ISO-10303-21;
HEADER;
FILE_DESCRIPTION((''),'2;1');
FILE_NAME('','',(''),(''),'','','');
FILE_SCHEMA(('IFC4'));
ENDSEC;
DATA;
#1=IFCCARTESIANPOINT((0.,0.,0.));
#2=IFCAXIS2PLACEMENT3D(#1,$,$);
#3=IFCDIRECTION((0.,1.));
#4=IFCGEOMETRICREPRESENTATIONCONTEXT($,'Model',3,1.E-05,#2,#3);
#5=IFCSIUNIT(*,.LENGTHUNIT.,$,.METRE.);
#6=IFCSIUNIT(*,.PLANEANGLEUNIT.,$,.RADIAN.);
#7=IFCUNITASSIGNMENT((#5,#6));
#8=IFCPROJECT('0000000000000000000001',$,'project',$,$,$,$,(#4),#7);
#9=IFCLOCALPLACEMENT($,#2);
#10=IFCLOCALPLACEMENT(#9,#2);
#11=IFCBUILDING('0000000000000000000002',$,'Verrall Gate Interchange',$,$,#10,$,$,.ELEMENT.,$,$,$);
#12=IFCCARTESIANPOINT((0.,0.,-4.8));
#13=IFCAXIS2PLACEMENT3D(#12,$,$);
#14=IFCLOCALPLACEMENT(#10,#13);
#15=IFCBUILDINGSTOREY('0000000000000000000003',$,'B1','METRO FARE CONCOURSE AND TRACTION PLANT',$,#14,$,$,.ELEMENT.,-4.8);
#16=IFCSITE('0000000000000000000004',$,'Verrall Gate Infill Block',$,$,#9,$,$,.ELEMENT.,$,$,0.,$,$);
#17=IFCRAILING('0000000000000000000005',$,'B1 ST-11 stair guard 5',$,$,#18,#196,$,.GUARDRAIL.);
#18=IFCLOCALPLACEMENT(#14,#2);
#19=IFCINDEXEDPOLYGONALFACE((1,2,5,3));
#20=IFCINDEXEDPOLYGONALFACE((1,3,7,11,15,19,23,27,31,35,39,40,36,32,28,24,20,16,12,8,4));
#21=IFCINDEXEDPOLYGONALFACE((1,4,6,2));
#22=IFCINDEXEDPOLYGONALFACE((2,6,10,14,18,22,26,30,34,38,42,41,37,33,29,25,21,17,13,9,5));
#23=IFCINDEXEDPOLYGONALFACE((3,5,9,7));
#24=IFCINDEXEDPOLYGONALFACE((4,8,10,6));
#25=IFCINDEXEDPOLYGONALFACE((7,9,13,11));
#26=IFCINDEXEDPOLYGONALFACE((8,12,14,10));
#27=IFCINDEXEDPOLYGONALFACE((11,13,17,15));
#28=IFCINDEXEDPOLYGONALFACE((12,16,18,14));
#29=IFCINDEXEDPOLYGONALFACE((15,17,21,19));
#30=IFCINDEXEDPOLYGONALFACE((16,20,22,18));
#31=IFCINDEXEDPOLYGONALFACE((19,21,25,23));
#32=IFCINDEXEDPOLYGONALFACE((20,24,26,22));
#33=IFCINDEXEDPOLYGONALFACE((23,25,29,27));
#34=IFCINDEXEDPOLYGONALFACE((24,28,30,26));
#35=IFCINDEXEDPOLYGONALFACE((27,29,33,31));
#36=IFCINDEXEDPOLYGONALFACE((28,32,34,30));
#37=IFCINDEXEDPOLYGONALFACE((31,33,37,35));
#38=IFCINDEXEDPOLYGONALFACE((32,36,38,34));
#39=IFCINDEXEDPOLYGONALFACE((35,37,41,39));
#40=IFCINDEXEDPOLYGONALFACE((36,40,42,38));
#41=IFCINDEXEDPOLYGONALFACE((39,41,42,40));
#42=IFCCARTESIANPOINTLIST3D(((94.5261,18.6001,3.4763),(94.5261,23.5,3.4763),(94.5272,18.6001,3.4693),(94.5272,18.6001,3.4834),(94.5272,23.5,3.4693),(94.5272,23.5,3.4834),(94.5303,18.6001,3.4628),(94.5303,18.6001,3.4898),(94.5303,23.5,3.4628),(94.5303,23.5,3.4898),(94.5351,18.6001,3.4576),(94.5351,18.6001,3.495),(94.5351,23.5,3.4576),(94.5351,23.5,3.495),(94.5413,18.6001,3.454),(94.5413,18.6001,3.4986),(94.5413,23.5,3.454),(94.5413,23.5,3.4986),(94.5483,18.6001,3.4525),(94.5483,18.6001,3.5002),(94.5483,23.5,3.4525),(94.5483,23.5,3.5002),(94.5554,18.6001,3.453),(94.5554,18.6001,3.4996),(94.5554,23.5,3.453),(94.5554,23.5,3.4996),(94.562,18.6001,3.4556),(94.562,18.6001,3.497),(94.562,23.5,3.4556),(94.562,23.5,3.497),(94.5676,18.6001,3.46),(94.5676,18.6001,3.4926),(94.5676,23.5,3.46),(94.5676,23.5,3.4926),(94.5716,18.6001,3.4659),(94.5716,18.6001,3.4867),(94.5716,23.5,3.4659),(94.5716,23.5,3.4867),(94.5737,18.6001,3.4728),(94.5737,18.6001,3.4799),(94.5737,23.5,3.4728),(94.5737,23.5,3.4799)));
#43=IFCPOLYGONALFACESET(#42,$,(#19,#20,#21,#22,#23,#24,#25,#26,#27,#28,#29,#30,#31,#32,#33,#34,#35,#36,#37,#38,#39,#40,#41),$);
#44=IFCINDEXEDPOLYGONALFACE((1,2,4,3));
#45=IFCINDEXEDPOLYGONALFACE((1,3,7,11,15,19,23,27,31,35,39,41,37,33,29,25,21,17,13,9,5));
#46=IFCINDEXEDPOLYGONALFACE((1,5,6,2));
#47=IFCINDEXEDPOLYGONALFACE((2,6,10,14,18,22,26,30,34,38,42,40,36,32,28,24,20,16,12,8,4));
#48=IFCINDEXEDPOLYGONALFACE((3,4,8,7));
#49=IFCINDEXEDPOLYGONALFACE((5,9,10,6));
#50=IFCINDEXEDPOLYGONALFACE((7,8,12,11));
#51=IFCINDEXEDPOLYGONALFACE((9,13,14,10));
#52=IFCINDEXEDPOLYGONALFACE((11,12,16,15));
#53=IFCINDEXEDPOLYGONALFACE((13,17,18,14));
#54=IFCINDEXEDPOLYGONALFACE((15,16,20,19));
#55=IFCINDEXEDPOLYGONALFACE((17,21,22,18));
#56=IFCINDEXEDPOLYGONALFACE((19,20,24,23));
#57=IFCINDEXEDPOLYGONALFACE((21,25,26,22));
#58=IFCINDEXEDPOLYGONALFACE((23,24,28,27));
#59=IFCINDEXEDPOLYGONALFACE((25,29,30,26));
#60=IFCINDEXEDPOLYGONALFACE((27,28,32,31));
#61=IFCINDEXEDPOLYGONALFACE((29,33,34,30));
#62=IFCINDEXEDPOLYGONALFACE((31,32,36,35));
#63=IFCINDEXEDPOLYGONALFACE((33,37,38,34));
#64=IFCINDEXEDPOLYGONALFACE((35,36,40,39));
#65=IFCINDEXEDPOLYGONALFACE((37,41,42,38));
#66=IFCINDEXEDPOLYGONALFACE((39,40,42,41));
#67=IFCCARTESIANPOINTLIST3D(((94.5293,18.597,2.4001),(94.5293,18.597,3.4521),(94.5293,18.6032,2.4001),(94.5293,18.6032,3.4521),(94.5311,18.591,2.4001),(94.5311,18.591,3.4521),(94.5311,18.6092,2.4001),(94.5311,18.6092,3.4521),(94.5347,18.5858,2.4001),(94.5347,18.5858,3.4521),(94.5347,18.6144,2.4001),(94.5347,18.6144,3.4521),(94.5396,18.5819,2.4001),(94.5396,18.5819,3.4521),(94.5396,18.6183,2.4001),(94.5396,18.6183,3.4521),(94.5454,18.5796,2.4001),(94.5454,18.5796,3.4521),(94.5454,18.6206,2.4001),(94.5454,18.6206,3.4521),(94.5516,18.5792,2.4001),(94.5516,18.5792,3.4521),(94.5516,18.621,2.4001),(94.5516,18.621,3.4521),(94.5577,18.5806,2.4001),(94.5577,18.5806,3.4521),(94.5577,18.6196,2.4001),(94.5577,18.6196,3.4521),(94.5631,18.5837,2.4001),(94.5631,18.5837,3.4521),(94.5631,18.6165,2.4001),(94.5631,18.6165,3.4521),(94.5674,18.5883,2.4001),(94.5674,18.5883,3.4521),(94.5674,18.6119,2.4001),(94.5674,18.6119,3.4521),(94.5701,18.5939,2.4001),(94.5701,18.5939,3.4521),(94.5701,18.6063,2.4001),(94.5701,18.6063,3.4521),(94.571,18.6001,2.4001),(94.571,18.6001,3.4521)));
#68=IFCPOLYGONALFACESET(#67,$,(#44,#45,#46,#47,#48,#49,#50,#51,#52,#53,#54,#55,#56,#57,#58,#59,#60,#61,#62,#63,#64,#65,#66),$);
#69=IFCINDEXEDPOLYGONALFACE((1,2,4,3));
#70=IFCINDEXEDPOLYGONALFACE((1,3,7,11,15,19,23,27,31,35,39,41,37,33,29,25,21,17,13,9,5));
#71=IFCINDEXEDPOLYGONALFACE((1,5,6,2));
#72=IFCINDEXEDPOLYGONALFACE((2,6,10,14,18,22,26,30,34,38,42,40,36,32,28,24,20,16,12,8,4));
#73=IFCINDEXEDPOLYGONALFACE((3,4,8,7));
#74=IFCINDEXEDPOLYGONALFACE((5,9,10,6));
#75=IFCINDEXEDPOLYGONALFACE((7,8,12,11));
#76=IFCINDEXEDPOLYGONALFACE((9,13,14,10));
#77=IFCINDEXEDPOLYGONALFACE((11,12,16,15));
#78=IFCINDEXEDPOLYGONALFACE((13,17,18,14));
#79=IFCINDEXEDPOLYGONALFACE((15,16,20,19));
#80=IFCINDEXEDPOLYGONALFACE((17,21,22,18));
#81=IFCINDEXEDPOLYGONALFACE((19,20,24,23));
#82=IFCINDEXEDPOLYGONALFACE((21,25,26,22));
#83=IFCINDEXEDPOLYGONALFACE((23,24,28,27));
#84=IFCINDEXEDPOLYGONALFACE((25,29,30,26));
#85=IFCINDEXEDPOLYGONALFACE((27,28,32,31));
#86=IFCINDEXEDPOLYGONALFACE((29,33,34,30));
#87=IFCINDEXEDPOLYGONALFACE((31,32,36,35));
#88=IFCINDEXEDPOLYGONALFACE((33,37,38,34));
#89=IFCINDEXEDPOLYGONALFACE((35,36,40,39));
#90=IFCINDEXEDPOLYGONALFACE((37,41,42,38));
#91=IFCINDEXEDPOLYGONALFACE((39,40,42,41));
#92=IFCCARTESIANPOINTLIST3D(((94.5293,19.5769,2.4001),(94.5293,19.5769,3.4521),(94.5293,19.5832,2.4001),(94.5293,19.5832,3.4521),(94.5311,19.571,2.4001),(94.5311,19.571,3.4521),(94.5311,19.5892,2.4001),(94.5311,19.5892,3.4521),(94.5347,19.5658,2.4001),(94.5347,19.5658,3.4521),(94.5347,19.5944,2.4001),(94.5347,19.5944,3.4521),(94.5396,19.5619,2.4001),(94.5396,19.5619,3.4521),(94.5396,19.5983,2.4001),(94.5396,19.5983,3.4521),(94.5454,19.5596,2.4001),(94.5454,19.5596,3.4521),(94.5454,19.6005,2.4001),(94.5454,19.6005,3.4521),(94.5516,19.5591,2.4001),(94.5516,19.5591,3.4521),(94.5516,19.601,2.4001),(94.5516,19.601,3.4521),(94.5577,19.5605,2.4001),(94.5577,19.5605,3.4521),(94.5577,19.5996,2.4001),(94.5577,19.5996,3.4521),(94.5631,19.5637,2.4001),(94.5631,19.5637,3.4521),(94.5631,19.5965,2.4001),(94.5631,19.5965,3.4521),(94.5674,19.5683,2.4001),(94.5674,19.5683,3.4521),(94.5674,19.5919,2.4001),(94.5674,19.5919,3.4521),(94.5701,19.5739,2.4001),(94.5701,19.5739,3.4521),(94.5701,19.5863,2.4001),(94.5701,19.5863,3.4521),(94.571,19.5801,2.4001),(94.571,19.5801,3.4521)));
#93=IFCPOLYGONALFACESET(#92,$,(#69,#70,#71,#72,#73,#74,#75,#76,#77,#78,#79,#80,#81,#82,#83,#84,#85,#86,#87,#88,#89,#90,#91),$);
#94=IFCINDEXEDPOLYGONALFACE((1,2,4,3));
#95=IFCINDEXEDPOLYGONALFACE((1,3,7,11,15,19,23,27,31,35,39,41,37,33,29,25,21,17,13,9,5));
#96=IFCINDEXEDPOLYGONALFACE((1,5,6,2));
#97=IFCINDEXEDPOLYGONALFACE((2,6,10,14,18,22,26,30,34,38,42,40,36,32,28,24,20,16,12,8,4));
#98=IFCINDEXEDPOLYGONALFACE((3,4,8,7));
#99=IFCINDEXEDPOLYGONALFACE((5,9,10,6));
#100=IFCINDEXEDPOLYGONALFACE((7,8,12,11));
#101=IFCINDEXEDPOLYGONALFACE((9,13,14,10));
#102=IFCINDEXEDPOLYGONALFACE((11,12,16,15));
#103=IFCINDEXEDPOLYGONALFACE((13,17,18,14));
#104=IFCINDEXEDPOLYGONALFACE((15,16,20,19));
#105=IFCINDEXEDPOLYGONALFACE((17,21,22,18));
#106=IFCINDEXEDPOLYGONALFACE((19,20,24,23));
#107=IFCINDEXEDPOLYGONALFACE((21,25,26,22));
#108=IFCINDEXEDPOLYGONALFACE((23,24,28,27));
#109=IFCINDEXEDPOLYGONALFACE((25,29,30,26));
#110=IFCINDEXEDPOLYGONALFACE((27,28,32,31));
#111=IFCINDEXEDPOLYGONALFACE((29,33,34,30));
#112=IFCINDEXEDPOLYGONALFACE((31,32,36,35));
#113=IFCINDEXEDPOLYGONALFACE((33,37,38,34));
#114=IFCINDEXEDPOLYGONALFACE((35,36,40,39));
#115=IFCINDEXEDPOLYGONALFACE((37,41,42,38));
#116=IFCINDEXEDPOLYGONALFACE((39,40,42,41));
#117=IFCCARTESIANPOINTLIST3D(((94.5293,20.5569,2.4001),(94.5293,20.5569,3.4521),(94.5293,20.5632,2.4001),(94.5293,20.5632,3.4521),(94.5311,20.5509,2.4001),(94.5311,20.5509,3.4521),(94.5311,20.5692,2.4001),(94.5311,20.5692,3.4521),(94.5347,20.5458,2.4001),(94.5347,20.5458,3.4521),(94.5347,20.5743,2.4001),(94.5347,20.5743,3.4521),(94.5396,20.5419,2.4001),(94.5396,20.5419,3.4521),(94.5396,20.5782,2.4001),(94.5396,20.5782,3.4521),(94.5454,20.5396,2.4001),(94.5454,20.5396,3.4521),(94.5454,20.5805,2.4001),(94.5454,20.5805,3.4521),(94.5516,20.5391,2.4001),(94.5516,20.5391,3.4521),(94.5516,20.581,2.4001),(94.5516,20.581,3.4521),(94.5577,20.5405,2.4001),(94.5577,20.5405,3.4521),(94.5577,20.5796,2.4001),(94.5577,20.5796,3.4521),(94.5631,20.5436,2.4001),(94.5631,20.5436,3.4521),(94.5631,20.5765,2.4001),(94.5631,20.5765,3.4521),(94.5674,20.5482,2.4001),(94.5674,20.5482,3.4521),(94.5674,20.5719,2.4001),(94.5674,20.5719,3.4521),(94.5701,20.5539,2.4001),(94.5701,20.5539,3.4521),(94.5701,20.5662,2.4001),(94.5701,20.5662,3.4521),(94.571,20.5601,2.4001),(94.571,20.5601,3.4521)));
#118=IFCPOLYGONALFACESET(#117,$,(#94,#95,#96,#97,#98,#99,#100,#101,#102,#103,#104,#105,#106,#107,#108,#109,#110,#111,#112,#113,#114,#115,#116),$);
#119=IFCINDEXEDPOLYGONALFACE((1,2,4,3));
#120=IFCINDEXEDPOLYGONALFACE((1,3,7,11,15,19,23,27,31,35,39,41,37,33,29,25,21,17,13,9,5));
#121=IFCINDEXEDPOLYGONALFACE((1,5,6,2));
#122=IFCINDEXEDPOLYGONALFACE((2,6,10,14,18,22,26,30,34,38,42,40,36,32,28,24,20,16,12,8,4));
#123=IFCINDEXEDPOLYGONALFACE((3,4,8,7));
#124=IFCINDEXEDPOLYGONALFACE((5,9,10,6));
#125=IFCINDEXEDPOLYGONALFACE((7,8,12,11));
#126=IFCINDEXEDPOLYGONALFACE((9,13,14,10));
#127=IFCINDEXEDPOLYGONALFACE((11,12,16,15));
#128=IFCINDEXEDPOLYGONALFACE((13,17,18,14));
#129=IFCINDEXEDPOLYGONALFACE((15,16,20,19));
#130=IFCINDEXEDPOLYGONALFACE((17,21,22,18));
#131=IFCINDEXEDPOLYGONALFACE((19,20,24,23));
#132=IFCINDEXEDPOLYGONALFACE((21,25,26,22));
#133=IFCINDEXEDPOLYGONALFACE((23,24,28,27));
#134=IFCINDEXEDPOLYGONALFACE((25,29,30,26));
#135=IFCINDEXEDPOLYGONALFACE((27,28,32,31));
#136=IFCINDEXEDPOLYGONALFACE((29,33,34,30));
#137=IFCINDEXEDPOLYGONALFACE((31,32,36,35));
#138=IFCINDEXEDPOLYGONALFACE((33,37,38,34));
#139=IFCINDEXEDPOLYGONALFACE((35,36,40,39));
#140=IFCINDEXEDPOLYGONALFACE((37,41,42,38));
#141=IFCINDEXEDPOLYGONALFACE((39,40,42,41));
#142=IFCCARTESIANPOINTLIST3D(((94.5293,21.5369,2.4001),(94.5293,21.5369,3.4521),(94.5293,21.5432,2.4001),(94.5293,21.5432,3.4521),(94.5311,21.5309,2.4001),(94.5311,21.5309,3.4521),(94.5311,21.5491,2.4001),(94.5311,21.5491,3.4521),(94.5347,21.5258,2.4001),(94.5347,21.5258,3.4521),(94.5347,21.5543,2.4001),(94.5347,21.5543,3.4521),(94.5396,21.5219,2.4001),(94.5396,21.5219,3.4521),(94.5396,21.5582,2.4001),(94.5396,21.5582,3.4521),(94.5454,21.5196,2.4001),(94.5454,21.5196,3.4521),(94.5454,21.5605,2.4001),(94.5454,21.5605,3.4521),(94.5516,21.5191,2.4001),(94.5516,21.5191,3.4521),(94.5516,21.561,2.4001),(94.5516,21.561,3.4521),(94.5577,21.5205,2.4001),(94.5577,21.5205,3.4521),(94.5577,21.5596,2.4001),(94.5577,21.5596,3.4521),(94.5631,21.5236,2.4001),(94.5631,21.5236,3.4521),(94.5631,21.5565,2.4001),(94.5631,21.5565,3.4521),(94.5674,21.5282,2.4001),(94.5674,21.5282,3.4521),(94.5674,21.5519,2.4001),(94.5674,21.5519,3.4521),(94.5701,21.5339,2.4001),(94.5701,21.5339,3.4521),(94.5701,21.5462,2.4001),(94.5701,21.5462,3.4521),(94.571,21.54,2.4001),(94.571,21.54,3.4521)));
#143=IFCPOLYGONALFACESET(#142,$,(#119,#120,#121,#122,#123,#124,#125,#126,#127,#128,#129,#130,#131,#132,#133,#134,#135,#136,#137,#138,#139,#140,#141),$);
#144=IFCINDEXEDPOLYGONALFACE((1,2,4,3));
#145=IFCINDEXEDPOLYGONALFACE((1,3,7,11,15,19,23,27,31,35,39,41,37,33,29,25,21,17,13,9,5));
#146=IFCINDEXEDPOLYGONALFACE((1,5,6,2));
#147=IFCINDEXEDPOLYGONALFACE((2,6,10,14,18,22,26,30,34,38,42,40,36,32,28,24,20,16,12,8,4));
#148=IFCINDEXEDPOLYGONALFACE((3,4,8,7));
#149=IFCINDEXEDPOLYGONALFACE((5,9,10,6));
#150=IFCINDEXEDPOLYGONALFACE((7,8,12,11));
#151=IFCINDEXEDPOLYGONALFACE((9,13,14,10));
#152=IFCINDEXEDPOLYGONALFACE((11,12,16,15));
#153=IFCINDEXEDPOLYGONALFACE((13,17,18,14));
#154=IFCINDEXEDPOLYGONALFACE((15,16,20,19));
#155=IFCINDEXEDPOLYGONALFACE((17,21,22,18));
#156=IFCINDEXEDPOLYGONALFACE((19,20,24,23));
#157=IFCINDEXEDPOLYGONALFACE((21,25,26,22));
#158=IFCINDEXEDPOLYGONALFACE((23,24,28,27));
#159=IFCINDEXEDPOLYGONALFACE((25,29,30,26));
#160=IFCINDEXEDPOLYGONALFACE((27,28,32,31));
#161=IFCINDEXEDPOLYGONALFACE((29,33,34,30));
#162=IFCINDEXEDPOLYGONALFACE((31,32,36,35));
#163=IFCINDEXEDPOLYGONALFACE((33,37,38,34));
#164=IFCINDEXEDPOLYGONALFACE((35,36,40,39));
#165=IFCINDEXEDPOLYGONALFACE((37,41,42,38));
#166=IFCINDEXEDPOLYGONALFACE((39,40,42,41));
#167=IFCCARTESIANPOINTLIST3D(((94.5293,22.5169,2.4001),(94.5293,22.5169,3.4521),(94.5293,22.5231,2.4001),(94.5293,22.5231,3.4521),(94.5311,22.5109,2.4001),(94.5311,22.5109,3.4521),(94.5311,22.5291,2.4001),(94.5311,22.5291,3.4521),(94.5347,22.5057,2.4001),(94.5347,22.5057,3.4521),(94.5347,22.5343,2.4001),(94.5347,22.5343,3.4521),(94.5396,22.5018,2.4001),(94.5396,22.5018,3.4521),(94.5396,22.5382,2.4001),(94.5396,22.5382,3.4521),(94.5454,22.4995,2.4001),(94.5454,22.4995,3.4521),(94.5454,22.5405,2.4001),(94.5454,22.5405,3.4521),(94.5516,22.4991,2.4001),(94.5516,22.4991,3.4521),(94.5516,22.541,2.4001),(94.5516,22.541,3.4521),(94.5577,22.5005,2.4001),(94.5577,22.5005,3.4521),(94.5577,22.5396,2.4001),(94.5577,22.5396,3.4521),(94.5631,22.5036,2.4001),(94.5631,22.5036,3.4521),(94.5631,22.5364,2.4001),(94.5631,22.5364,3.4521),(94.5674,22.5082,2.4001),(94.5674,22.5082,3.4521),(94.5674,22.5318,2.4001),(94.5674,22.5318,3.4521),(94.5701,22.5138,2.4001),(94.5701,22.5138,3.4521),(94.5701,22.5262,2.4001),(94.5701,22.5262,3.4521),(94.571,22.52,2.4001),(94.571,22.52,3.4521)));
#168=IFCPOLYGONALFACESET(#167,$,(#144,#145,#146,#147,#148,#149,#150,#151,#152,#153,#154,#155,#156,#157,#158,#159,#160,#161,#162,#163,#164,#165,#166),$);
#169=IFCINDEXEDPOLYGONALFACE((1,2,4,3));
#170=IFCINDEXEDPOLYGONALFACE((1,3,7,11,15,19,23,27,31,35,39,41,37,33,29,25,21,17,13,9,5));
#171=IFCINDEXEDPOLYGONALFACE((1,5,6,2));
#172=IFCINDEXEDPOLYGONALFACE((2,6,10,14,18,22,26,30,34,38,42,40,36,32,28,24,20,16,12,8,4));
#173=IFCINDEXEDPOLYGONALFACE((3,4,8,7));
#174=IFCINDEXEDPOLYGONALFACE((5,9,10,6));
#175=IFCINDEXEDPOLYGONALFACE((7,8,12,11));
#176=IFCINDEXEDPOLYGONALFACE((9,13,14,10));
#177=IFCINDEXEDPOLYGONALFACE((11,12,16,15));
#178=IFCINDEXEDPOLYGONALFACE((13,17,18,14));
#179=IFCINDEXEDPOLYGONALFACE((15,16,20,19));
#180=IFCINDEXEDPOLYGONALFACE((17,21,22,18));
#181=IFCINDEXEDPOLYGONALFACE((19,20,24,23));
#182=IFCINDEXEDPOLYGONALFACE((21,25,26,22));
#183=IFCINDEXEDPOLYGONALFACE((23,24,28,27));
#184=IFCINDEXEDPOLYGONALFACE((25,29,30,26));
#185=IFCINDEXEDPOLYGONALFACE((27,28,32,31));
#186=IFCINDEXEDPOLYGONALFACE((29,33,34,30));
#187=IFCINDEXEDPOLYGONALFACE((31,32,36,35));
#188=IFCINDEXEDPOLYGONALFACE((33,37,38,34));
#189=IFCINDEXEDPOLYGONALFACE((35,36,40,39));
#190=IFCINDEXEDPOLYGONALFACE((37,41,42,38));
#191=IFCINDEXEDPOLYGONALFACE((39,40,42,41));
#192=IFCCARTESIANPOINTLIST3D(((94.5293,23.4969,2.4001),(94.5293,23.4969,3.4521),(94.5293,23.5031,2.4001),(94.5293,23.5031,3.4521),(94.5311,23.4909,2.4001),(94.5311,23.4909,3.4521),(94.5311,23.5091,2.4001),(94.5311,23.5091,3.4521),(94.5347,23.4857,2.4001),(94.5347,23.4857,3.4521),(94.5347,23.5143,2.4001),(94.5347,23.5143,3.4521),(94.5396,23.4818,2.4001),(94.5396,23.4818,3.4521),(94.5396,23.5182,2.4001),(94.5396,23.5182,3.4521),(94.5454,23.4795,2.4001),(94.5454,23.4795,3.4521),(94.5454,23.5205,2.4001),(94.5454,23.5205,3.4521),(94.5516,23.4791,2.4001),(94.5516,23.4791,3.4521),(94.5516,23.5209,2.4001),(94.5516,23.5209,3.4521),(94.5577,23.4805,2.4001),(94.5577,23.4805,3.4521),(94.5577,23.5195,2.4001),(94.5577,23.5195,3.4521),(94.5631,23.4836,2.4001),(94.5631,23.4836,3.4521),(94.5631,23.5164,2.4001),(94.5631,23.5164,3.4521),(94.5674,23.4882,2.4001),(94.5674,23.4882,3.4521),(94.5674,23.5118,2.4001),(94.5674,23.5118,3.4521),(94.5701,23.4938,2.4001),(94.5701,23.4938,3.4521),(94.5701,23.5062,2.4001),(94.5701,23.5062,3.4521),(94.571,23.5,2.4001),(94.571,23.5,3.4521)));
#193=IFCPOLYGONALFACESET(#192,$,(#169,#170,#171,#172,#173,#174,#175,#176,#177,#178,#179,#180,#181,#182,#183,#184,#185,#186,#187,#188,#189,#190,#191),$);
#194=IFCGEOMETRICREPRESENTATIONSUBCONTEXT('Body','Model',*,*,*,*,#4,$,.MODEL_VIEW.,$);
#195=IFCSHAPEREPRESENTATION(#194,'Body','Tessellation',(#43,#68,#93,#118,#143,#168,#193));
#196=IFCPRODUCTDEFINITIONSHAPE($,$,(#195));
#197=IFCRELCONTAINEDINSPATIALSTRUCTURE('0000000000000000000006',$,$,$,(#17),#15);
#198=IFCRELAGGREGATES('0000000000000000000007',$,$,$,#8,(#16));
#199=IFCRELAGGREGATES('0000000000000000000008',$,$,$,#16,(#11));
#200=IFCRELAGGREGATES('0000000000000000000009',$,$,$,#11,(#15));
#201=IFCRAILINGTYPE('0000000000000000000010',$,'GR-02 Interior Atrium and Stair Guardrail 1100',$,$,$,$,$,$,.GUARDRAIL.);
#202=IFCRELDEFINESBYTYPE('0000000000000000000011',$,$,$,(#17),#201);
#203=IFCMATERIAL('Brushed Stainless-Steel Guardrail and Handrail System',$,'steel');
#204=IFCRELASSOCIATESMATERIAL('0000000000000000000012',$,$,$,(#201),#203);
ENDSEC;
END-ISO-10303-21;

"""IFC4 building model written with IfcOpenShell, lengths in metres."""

from ifc_helpers import new_model, si_unit, direction, frame, origin, origin_2d, place, context, subcontext, project, spatial, circle, extrude, material, type_object, element, save


model = new_model("IFC4")

# Units and contexts
model_context = context("Model", 3, precision=1e-05, world=origin(), true_north=direction((0.0, 1.0)))
body_context = subcontext(model_context, "Body", "Model", "MODEL_VIEW")
ifc_project = project(units=[si_unit("LENGTHUNIT", "METRE"), si_unit("PLANEANGLEUNIT", "RADIAN")], contexts=[model_context])

# Site, building, storey
site_placement = place(None, origin())
site = spatial("IfcSite", under=ifc_project, at=site_placement, Name="Verrall Gate Infill Block", CompositionType="ELEMENT", RefElevation=0.0)
building_placement = place(site_placement, origin())
building = spatial("IfcBuilding", under=site, at=building_placement, Name="Verrall Gate Interchange", CompositionType="ELEMENT")
storey_placement = place(building_placement, frame((0.0, 0.0, -4.8)))
storey = spatial("IfcBuildingStorey", under=building, at=storey_placement, Name="B1", Description="METRO FARE CONCOURSE AND TRACTION PLANT", CompositionType="ELEMENT", Elevation=-4.8)

# Railing
ifc_material_1 = material(Name="Brushed Stainless-Steel Guardrail and Handrail System", Category="steel")
railing_type = type_object("IfcRailingType", Name="GR-02 Interior Atrium and Stair Guardrail 1100", PredefinedType="GUARDRAIL", material=ifc_material_1)
railing_1_placement = place(storey_placement, frame((94.55, 18.6001, 2.4001)))
element("IfcRailing", 1, at=railing_1_placement, inside=storey, type_object=railing_type, Name="B1 ST-11 stair guard 5", PredefinedType="GUARDRAIL", context=body_context, shape_type="SweptSolid", body=[
    extrude(circle(Radius=0.0239, at=origin_2d()), frame((0.0, 0.0, 1.0762), z_axis=(0.0, 1.0, 0.0), x_axis=(-1.0, 0.0, 0.0)), (0.0, 0.0, 1.0), 4.8999),
    extrude(circle(Radius=0.021, at=origin_2d()), origin(), (0.0, 0.0, 1.0), 1.052),
    extrude(circle(Radius=0.021, at=origin_2d()), frame((0.0, 0.98, 0.0)), (0.0, 0.0, 1.0), 1.052),
    extrude(circle(Radius=0.021, at=origin_2d()), frame((0.0, 1.96, 0.0)), (0.0, 0.0, 1.0), 1.052),
    extrude(circle(Radius=0.021, at=origin_2d()), frame((0.0, 2.9399, 0.0)), (0.0, 0.0, 1.0), 1.052),
    extrude(circle(Radius=0.021, at=origin_2d()), frame((0.0, 3.9199, 0.0)), (0.0, 0.0, 1.0), 1.052),
    extrude(circle(Radius=0.021, at=origin_2d()), frame((0.0, 4.8999, 0.0)), (0.0, 0.0, 1.0), 1.052),
])

save(model, "model.ifc")
